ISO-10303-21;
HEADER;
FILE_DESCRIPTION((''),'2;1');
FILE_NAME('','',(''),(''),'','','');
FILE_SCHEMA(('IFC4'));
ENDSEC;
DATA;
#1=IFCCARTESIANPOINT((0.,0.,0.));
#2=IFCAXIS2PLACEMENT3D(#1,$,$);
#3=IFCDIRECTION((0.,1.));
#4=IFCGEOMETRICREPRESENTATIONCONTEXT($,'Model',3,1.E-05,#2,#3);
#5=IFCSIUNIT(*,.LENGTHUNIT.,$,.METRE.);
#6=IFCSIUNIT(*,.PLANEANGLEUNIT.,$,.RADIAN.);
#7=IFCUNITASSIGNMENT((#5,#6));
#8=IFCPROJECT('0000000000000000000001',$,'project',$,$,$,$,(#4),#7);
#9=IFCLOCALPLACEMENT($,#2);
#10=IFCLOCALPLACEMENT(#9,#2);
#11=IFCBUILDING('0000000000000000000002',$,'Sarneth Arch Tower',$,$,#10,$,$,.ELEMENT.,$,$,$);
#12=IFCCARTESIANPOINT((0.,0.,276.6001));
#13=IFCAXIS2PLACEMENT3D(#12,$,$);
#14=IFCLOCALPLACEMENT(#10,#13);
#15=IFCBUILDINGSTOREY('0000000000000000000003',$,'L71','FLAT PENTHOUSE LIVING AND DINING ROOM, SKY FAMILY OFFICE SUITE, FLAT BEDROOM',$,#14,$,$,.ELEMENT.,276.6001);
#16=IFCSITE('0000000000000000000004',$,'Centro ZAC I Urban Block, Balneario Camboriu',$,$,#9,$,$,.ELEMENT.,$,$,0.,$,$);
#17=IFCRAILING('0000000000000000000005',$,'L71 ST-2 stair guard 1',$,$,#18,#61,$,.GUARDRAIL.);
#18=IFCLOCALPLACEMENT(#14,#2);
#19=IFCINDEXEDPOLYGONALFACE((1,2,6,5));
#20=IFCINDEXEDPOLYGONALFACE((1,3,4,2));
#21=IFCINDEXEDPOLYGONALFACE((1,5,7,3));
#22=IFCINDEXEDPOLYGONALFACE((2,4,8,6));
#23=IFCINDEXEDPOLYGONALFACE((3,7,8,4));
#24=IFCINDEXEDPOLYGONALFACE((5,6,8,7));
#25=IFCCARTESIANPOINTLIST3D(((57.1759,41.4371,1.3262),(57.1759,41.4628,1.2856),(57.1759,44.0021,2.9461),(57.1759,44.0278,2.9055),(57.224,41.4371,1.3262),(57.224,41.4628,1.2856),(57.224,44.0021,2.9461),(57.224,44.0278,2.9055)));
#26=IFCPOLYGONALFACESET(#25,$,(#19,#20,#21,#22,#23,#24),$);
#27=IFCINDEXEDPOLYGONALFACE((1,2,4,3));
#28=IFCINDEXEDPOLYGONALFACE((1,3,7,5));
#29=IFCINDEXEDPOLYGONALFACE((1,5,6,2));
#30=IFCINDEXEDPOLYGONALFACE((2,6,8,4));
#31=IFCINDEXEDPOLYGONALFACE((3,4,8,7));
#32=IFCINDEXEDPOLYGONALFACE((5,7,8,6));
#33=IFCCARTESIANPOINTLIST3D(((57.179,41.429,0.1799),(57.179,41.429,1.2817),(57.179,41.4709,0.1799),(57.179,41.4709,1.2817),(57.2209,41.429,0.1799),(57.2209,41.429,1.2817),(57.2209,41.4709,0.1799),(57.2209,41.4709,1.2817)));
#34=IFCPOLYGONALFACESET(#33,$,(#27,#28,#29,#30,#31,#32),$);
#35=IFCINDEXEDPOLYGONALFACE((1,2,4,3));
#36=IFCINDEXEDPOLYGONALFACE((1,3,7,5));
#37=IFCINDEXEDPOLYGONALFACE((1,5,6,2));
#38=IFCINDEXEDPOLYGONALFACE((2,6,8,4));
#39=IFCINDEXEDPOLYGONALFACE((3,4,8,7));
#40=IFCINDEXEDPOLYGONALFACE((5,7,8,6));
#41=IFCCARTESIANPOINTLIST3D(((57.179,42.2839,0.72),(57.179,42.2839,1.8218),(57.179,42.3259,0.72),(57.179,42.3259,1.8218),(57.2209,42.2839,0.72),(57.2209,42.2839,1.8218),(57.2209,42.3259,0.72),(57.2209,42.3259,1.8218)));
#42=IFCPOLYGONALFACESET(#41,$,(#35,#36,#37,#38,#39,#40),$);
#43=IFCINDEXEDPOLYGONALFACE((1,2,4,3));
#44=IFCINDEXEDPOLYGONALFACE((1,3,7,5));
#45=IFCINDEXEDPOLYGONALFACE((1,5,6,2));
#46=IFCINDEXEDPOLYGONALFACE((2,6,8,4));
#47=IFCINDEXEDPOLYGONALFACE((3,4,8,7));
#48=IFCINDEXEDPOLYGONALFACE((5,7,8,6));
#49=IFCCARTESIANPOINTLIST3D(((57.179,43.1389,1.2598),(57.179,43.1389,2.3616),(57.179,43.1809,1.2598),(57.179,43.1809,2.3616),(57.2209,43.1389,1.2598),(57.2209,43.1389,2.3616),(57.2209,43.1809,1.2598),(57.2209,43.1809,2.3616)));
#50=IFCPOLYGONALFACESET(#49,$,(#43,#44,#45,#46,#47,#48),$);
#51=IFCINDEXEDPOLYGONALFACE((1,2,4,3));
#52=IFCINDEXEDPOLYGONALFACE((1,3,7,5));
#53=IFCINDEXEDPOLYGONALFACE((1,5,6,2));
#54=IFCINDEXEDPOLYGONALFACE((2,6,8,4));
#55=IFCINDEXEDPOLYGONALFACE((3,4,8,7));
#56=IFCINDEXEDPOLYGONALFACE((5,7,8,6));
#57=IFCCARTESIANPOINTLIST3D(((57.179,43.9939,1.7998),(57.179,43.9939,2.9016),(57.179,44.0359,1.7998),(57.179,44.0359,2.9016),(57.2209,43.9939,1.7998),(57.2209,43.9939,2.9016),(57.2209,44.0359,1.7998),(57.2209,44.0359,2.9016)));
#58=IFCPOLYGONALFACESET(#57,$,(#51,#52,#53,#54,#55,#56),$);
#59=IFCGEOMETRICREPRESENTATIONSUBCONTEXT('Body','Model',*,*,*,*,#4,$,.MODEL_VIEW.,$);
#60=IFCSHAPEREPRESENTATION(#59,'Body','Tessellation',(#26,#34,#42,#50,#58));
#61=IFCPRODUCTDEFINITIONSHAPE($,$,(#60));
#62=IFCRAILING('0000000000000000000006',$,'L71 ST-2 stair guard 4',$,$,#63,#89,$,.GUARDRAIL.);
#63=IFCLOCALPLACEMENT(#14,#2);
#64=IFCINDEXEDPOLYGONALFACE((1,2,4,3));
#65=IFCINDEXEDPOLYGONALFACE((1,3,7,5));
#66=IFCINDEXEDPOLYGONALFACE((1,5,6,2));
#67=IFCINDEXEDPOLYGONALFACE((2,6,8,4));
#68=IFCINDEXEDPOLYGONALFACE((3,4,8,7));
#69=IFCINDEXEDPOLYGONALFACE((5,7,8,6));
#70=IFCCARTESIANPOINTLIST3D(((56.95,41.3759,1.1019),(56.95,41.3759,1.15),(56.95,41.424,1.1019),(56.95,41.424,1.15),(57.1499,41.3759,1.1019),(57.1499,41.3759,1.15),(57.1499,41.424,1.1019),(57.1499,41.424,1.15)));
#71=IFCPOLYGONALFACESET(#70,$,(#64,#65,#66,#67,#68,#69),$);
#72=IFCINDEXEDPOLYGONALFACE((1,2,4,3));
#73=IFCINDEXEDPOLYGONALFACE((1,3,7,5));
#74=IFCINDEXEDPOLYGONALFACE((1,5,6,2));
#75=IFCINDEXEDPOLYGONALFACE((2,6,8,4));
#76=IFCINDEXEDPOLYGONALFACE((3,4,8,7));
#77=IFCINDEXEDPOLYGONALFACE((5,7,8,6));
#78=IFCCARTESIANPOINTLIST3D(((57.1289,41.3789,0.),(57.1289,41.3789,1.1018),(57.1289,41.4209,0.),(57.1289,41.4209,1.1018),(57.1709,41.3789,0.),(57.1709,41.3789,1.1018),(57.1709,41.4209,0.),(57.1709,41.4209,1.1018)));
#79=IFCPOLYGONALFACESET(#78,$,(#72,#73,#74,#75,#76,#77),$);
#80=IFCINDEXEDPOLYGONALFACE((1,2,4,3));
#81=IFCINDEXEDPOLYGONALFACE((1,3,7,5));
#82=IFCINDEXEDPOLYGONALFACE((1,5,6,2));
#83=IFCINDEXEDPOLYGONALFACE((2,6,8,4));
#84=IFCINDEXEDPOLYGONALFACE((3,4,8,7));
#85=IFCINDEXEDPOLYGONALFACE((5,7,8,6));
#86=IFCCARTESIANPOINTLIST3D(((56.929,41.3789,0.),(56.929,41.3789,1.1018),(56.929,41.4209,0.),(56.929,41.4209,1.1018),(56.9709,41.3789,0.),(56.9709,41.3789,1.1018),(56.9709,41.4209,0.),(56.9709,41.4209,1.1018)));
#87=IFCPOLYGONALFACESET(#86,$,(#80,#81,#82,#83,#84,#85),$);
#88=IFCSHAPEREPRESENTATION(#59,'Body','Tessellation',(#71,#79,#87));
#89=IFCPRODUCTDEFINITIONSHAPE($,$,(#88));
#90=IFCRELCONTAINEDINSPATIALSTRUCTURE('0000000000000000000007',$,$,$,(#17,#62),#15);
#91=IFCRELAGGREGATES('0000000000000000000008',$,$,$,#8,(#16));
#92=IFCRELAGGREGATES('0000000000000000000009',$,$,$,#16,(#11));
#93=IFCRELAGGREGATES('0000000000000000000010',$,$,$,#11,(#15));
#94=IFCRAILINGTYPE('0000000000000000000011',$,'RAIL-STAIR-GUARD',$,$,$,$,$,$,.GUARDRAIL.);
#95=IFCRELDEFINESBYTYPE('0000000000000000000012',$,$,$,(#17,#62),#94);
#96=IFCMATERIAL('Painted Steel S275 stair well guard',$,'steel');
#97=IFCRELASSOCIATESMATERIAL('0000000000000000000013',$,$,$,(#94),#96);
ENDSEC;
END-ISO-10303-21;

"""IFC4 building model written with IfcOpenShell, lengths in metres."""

from ifc_helpers import new_model, si_unit, direction, frame, origin, origin_2d, place, context, subcontext, project, spatial, rectangle, extrude, material, type_object, element, save


model = new_model("IFC4")

# Units and contexts
model_context = context("Model", 3, precision=1e-05, world=origin(), true_north=direction((0.0, 1.0)))
body_context = subcontext(model_context, "Body", "Model", "MODEL_VIEW")
ifc_project = project(units=[si_unit("LENGTHUNIT", "METRE"), si_unit("PLANEANGLEUNIT", "RADIAN")], contexts=[model_context])

# Site, building, storey
site_placement = place(None, origin())
site = spatial("IfcSite", under=ifc_project, at=site_placement, Name="Centro ZAC I Urban Block, Balneario Camboriu", CompositionType="ELEMENT", RefElevation=0.0)
building_placement = place(site_placement, origin())
building = spatial("IfcBuilding", under=site, at=building_placement, Name="Sarneth Arch Tower", CompositionType="ELEMENT")
storey_placement = place(building_placement, frame((0.0, 0.0, 276.6001)))
storey = spatial("IfcBuildingStorey", under=building, at=storey_placement, Name="L71", Description="FLAT PENTHOUSE LIVING AND DINING ROOM, SKY FAMILY OFFICE SUITE, FLAT BEDROOM", CompositionType="ELEMENT", Elevation=276.6001)

# Railings
ifc_material_1 = material(Name="Painted Steel S275 stair well guard", Category="steel")
railing_type_1 = type_object("IfcRailingType", Name="RAIL-STAIR-GUARD", PredefinedType="GUARDRAIL", material=ifc_material_1)
railing_1_placement = place(storey_placement, frame((57.2, 41.45, 0.1799)))
element("IfcRailing", 1, at=railing_1_placement, inside=storey, type_object=railing_type_1, Name="L71 ST-2 stair guard 1", PredefinedType="GUARDRAIL", context=body_context, shape_type="SweptSolid", body=[
    extrude(rectangle(XDim=0.0481, YDim=0.0481, at=origin_2d()), frame((0.0, 0.0, 1.126), z_axis=(0.0, 0.845502, 0.533972), x_axis=(-1.0, 0.0, 0.0)), (0.0, 0.0, 1.0), 3.0337),
    extrude(rectangle(XDim=0.042, YDim=0.042, at=origin_2d()), origin(), (0.0, 0.0, 1.0), 1.1018),
    extrude(rectangle(XDim=0.042, YDim=0.042, at=origin_2d()), frame((0.0, 0.855, 0.54)), (0.0, 0.0, 1.0), 1.1018),
    extrude(rectangle(XDim=0.042, YDim=0.042, at=origin_2d()), frame((0.0, 1.71, 1.0798)), (0.0, 0.0, 1.0), 1.1018),
    extrude(rectangle(XDim=0.042, YDim=0.042, at=origin_2d()), frame((0.0, 2.5649, 1.6199)), (0.0, 0.0, 1.0), 1.1018),
])
railing_2_placement = place(storey_placement, frame((57.1499, 41.3999, 0.0)))
element("IfcRailing", 2, at=railing_2_placement, inside=storey, type_object=railing_type_1, Name="L71 ST-2 stair guard 4", PredefinedType="GUARDRAIL", context=body_context, shape_type="SweptSolid", body=[
    extrude(rectangle(XDim=0.0481, YDim=0.0481, at=origin_2d()), frame((0.0, 0.0, 1.126), z_axis=(-1.0, 0.0, 0.0), x_axis=(0.0, -1.0, 0.0)), (0.0, 0.0, 1.0), 0.2),
    extrude(rectangle(XDim=0.042, YDim=0.042, at=origin_2d()), origin(), (0.0, 0.0, 1.0), 1.1018),
    extrude(rectangle(XDim=0.042, YDim=0.042, at=origin_2d()), frame((-0.2, 0.0, 0.0)), (0.0, 0.0, 1.0), 1.1018),
])

save(model, "model.ifc")
